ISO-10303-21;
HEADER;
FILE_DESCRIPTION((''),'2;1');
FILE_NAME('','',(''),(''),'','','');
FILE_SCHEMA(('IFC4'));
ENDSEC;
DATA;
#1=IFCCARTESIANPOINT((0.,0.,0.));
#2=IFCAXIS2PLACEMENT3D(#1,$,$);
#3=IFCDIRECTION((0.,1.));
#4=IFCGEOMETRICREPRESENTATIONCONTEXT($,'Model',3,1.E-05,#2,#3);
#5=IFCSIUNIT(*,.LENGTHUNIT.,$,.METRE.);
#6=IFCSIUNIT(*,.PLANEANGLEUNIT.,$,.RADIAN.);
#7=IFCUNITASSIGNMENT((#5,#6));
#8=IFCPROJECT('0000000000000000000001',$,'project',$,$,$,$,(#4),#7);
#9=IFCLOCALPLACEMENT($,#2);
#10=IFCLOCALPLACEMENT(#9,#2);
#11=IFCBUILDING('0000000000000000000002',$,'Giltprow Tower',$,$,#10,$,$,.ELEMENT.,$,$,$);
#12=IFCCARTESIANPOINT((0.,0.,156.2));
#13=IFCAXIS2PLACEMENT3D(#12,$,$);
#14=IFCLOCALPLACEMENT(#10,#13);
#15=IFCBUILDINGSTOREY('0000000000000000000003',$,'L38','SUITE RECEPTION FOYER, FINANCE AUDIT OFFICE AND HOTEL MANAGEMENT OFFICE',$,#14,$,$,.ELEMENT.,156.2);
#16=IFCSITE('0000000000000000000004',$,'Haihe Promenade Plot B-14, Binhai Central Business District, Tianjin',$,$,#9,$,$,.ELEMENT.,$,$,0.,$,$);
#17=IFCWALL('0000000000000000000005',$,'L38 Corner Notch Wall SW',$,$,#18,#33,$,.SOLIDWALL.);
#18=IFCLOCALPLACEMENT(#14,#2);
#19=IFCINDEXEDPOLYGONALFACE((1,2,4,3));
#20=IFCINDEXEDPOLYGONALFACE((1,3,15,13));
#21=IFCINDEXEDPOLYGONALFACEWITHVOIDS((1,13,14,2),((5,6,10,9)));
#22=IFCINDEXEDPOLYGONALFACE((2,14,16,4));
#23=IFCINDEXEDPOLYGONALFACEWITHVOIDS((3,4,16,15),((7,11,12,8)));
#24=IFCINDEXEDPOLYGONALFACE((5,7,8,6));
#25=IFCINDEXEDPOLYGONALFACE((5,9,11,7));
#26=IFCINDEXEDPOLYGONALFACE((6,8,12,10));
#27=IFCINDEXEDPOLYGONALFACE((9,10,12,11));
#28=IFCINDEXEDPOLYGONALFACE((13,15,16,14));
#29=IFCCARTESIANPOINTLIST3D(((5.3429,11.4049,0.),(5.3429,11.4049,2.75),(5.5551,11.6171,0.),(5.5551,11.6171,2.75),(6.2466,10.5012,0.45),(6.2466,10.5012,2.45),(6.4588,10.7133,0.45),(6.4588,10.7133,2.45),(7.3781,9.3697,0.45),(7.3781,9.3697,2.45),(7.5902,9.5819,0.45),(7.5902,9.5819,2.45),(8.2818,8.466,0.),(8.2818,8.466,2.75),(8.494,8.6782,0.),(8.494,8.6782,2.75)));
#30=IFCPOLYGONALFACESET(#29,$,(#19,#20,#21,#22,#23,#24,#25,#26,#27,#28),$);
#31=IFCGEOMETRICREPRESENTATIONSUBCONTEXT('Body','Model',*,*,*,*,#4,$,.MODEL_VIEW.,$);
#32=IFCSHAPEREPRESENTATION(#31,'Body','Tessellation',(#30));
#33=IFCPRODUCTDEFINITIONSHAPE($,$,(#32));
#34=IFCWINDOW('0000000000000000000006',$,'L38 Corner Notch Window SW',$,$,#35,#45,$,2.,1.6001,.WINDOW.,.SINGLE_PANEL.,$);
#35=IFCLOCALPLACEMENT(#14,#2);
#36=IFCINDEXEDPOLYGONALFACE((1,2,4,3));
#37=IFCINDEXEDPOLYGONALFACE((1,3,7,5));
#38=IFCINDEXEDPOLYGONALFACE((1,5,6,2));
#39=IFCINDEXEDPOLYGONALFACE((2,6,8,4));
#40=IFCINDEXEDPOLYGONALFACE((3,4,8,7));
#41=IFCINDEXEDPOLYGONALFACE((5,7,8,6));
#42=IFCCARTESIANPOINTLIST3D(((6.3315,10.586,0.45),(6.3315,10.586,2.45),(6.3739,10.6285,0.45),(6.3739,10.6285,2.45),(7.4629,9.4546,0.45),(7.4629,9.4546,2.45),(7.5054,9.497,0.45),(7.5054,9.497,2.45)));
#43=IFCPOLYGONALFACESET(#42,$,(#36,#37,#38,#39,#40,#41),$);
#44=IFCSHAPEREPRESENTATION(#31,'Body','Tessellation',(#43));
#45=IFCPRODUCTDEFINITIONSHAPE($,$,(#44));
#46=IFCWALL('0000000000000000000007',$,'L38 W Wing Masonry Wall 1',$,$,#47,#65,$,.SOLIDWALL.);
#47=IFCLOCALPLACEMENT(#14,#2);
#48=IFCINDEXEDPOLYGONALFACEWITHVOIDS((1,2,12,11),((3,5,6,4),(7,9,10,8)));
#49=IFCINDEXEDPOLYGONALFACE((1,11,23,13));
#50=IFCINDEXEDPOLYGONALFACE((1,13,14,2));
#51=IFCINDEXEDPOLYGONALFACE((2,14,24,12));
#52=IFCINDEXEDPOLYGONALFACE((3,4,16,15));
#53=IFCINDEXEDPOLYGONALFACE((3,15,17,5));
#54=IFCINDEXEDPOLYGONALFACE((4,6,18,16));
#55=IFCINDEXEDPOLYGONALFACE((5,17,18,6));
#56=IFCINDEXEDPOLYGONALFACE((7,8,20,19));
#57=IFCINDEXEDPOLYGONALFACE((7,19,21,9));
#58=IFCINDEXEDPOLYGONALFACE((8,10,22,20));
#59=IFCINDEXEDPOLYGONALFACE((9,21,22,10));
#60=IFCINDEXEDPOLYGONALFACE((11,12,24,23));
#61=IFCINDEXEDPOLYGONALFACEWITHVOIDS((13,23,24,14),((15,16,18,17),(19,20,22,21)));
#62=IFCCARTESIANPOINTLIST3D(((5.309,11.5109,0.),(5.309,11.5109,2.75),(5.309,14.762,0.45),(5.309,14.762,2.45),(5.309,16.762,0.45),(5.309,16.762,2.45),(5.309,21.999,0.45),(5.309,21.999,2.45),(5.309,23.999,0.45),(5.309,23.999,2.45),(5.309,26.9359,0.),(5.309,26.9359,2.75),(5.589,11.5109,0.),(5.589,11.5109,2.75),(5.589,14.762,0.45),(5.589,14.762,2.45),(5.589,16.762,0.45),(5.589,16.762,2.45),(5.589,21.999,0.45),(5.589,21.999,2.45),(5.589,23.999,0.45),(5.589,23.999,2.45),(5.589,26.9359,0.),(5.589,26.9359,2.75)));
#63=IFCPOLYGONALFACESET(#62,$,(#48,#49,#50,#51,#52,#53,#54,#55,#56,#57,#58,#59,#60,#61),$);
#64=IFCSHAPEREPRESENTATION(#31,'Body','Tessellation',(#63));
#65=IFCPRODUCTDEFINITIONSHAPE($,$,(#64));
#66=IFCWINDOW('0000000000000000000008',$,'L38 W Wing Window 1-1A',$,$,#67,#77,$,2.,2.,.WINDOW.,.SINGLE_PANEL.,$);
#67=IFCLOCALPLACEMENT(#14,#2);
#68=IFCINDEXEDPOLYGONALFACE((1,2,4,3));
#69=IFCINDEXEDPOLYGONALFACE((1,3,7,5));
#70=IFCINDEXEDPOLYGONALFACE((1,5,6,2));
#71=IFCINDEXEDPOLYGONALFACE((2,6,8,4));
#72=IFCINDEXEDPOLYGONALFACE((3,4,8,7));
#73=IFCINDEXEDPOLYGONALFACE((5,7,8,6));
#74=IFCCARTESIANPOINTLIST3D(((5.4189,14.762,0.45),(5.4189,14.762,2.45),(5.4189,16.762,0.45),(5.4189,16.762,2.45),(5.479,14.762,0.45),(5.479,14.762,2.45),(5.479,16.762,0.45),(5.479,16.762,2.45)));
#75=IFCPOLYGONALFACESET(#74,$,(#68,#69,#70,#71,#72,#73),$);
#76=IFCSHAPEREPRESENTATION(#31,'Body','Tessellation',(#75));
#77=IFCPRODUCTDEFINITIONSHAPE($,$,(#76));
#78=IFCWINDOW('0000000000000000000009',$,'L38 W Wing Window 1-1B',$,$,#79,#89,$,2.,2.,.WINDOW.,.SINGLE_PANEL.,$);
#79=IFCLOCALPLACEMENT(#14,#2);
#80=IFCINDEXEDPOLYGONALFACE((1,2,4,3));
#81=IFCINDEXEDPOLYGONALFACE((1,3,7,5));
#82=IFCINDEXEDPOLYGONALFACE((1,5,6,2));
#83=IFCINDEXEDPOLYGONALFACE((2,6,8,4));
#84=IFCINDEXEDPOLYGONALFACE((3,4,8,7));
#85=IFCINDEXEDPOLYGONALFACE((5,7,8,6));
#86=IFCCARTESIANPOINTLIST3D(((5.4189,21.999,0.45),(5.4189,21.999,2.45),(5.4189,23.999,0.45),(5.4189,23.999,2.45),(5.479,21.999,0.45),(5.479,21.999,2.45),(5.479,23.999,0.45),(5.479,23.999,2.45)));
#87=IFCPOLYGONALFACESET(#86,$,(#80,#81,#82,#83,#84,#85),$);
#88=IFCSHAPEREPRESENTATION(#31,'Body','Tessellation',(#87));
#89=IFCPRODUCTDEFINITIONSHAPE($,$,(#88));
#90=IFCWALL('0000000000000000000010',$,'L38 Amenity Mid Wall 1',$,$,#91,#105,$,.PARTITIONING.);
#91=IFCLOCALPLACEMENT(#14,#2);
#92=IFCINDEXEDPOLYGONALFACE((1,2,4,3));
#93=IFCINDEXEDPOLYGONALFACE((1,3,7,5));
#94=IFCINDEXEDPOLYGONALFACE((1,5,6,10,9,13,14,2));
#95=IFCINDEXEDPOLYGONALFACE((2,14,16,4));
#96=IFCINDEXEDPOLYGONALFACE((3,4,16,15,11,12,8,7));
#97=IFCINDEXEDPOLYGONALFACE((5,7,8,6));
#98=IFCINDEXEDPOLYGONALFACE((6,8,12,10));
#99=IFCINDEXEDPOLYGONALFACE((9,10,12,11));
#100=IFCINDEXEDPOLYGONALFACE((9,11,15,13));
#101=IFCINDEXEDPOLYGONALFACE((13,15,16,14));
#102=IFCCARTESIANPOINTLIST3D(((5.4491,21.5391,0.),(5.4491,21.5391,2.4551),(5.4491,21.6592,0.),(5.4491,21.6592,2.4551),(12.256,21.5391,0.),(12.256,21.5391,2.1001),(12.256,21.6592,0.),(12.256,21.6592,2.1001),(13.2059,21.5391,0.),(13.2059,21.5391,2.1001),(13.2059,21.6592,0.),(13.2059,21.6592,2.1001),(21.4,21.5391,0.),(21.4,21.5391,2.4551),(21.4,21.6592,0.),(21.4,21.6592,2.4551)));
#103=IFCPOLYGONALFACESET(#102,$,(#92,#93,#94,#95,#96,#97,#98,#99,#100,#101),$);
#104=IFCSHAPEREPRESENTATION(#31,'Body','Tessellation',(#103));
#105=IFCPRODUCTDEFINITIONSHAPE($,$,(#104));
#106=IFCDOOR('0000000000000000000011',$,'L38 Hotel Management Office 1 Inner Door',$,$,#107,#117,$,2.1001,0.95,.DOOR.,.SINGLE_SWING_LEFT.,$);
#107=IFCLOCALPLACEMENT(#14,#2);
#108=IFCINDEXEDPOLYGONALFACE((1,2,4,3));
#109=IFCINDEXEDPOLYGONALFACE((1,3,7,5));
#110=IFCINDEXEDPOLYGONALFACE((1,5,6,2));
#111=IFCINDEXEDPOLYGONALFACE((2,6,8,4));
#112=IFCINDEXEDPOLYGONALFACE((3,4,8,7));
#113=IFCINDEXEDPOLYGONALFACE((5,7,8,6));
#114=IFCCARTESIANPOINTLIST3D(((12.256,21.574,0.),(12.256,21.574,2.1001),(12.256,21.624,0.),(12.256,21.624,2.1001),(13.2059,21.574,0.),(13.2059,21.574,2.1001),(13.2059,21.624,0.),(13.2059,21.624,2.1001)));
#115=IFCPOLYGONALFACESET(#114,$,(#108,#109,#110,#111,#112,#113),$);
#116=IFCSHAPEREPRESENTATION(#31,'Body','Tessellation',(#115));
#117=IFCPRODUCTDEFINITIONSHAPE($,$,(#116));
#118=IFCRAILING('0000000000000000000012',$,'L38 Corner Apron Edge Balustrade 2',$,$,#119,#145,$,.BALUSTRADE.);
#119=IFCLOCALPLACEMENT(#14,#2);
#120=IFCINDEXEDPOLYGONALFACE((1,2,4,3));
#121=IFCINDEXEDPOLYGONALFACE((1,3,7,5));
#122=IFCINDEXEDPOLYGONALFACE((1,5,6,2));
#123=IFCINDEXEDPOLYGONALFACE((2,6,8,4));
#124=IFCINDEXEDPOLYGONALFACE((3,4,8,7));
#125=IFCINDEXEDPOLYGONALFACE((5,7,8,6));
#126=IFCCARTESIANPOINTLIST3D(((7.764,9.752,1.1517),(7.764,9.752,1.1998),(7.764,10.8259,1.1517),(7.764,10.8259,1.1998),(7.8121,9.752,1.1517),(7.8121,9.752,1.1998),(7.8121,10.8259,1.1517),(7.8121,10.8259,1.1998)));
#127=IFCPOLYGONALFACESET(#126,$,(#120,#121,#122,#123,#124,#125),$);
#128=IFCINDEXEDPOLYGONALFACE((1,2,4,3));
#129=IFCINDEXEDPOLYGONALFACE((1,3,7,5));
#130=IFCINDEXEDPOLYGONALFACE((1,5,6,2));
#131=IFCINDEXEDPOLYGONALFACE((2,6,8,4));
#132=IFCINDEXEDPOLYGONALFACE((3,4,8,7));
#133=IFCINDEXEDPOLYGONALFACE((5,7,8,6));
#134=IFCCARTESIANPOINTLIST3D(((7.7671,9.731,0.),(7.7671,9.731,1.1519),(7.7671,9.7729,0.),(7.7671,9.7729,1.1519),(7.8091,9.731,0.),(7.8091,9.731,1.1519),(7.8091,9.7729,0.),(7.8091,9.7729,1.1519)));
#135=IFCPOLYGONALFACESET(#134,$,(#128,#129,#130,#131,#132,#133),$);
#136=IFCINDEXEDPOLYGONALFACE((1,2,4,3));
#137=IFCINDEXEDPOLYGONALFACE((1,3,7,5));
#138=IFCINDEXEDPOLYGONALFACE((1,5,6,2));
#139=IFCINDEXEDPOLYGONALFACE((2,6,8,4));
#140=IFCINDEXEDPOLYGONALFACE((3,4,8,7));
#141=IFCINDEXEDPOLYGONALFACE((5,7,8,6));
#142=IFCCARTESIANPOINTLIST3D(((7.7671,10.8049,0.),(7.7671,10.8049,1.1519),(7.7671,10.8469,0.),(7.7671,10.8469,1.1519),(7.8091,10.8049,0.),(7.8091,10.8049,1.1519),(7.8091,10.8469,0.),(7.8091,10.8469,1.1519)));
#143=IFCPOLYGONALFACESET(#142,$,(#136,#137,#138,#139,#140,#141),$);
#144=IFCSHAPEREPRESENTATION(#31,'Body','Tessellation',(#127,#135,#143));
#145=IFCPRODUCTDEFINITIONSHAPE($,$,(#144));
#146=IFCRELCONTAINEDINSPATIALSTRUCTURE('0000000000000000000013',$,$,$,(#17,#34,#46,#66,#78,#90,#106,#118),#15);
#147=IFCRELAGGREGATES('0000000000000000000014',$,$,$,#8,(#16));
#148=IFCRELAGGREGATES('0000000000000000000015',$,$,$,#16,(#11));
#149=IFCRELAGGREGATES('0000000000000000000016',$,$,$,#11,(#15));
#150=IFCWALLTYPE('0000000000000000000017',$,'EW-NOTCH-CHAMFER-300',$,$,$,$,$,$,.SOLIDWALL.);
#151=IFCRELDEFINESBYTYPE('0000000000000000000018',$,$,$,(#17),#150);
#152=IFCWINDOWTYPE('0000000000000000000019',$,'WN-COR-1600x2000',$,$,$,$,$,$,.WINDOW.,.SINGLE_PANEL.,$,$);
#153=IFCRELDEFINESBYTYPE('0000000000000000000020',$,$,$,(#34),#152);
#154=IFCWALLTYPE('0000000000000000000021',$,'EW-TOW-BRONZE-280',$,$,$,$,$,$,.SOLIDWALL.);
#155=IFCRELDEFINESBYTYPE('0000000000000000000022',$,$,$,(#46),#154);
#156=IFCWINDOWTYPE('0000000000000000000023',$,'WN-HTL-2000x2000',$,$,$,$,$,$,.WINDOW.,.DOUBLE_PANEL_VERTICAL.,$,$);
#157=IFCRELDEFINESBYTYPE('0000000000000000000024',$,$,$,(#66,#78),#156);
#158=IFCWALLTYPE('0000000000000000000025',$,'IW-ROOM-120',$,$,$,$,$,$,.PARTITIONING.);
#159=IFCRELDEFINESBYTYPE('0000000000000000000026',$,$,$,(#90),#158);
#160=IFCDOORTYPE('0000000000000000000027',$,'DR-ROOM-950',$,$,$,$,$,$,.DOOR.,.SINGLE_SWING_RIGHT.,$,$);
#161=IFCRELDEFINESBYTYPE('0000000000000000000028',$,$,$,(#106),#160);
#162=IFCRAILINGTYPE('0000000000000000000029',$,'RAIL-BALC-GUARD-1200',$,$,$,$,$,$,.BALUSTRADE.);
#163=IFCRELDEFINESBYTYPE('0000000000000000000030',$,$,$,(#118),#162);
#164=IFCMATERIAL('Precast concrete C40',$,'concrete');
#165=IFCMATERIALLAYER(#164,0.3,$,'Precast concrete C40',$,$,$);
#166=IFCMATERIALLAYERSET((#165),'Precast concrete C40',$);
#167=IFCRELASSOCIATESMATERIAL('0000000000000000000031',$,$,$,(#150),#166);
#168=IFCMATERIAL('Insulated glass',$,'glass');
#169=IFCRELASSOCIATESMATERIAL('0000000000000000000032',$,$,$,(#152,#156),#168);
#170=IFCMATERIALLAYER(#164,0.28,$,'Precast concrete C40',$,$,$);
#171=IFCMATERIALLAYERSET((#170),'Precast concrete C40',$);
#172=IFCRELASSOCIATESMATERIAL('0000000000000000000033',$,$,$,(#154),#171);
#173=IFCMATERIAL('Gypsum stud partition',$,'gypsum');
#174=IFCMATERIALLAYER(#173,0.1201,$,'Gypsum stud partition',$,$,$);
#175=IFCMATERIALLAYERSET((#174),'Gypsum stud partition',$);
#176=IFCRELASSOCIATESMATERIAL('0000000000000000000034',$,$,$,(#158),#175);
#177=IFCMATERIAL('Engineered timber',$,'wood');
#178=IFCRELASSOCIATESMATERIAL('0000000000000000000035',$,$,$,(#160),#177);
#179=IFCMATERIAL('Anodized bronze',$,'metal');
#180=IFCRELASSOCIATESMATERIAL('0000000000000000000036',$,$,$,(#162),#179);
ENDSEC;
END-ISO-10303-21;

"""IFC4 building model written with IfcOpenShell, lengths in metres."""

from ifc_helpers import new_model, si_unit, direction, frame, frame_2d, origin, origin_2d, place, context, subcontext, project, spatial, rectangle, extrude, source, transform, mapped, material, layer, layer_set, type_object, element, fill, save


model = new_model("IFC4")

# Units and contexts
model_context = context("Model", 3, precision=1e-05, world=origin(), true_north=direction((0.0, 1.0)))
body_context = subcontext(model_context, "Body", "Model", "MODEL_VIEW")
ifc_project = project(units=[si_unit("LENGTHUNIT", "METRE"), si_unit("PLANEANGLEUNIT", "RADIAN")], contexts=[model_context])

# Site, building, storey
site_placement = place(None, origin())
site = spatial("IfcSite", under=ifc_project, at=site_placement, Name="Haihe Promenade Plot B-14, Binhai Central Business District, Tianjin", CompositionType="ELEMENT", RefElevation=0.0)
building_placement = place(site_placement, origin())
building = spatial("IfcBuilding", under=site, at=building_placement, Name="Giltprow Tower", CompositionType="ELEMENT")
storey_placement = place(building_placement, frame((0.0, 0.0, 156.2)))
storey = spatial("IfcBuildingStorey", under=building, at=storey_placement, Name="L38", Description="SUITE RECEPTION FOYER, FINANCE AUDIT OFFICE AND HOTEL MANAGEMENT OFFICE", CompositionType="ELEMENT", Elevation=156.2)

# Shared definitions
ifc_material_1 = material(Name="Anodized bronze", Category="metal")

# Shared definitions
ifc_material_2 = material(Name="Insulated glass", Category="glass")

# Wall, opening, window
ifc_material_3 = material(Name="Precast concrete C40", Category="concrete")
ifc_layer_1 = layer(ifc_material_3, 0.3, Name="Precast concrete C40")
ifc_layer_set_1 = layer_set([ifc_layer_1], Name="Precast concrete C40")
wall_type_1 = type_object("IfcWallType", Name="EW-NOTCH-CHAMFER-300", PredefinedType="SOLIDWALL", material=ifc_layer_set_1)
wall_1_placement = place(storey_placement, frame((5.449, 11.511, 0.0), z_axis=(0.0, 0.0, 1.0), x_axis=(0.707107, -0.707107, 0.0)))
wall_1 = element("IfcWall", 1, at=wall_1_placement, inside=storey, type_object=wall_type_1, Name="L38 Corner Notch Wall SW", PredefinedType="SOLIDWALL", context=body_context, shape_type="SweptSolid", body=[
    extrude(rectangle(XDim=4.1562, YDim=0.3, at=frame_2d((2.0781, 0.0))), origin(), (0.0, 0.0, 1.0), 2.75),
])
opening_1_placement = place(wall_1_placement, frame((1.2781, 0.0, 0.45)))
opening_1 = element("IfcOpeningElement", 2, at=opening_1_placement, cuts=wall_1, PredefinedType="OPENING", context=body_context, shape_type="SweptSolid", body=[
    extrude(rectangle(XDim=1.6001, YDim=2.0, at=frame_2d((0.8, 1.0))), frame((0.0, 0.1599, 0.0), z_axis=(0.0, -1.0, 0.0), x_axis=(1.0, 0.0, 0.0)), (0.0, 0.0, 1.0), 0.3201),
])
window_type_1 = type_object("IfcWindowType", Name="WN-COR-1600x2000", PartitioningType="SINGLE_PANEL", PredefinedType="WINDOW", material=ifc_material_2)
shared_shape_1 = source(origin(), body_context, "Body", "SweptSolid", [
    extrude(rectangle(XDim=1.6001, YDim=2.0, at=frame_2d((0.8, 1.0))), frame((0.0, 0.03, 0.0), z_axis=(0.0, -1.0, 0.0), x_axis=(1.0, 0.0, 0.0)), (0.0, 0.0, 1.0), 0.0601),
])
window_1_placement = place(opening_1_placement, origin())
window_1 = element("IfcWindow", 3, at=window_1_placement, inside=storey, type_object=window_type_1, Name="L38 Corner Notch Window SW", OverallHeight=2.0, OverallWidth=1.6001, PartitioningType="SINGLE_PANEL", PredefinedType="WINDOW", context=body_context, shape_type="MappedRepresentation", body=[
    mapped(shared_shape_1, transform((0.0, 0.0, 0.0), x_axis=(1.0, 0.0, 0.0), y_axis=(0.0, 1.0, 0.0), z_axis=(0.0, 0.0, 1.0), scale=1.0)),
])
fill(opening_1, window_1)

# Wall, openings, windows
ifc_layer_2 = layer(ifc_material_3, 0.28, Name="Precast concrete C40")
ifc_layer_set_2 = layer_set([ifc_layer_2], Name="Precast concrete C40")
wall_type_2 = type_object("IfcWallType", Name="EW-TOW-BRONZE-280", PredefinedType="SOLIDWALL", material=ifc_layer_set_2)
wall_2_placement = place(storey_placement, frame((5.449, 11.511, 0.0), z_axis=(0.0, 0.0, 1.0), x_axis=(0.0, 1.0, 0.0)))
wall_2 = element("IfcWall", 4, at=wall_2_placement, inside=storey, type_object=wall_type_2, Name="L38 W Wing Masonry Wall 1", PredefinedType="SOLIDWALL", context=body_context, shape_type="SweptSolid", body=[
    extrude(rectangle(XDim=15.425, YDim=0.28, at=frame_2d((7.7124, 0.0))), origin(), (0.0, 0.0, 1.0), 2.75),
])
opening_2_placement = place(wall_2_placement, frame((3.251, 0.0, 0.45)))
opening_2 = element("IfcOpeningElement", 5, at=opening_2_placement, cuts=wall_2, PredefinedType="OPENING", context=body_context, shape_type="SweptSolid", body=[
    extrude(rectangle(XDim=2.0, YDim=2.0, at=frame_2d((1.0, 1.0))), frame((0.0, 0.1499, 0.0), z_axis=(0.0, -1.0, 0.0), x_axis=(1.0, 0.0, 0.0)), (0.0, 0.0, 1.0), 0.3),
])
opening_3_placement = place(wall_2_placement, frame((10.488, 0.0, 0.45)))
opening_3 = element("IfcOpeningElement", 6, at=opening_3_placement, cuts=wall_2, PredefinedType="OPENING", context=body_context, shape_type="SweptSolid", body=[
    extrude(rectangle(XDim=2.0, YDim=2.0, at=frame_2d((1.0, 1.0))), frame((0.0, 0.1499, 0.0), z_axis=(0.0, -1.0, 0.0), x_axis=(1.0, 0.0, 0.0)), (0.0, 0.0, 1.0), 0.3),
])
window_type_2 = type_object("IfcWindowType", Name="WN-HTL-2000x2000", PartitioningType="DOUBLE_PANEL_VERTICAL", PredefinedType="WINDOW", material=ifc_material_2)
shared_shape_2 = source(origin(), body_context, "Body", "SweptSolid", [
    extrude(rectangle(XDim=2.0, YDim=2.0, at=frame_2d((1.0, 1.0))), frame((0.0, 0.03, 0.0), z_axis=(0.0, -1.0, 0.0), x_axis=(1.0, 0.0, 0.0)), (0.0, 0.0, 1.0), 0.0601),
])
window_2_placement = place(opening_2_placement, origin())
window_2 = element("IfcWindow", 7, at=window_2_placement, inside=storey, type_object=window_type_2, Name="L38 W Wing Window 1-1A", OverallHeight=2.0, OverallWidth=2.0, PartitioningType="SINGLE_PANEL", PredefinedType="WINDOW", context=body_context, shape_type="MappedRepresentation", body=[
    mapped(shared_shape_2, transform((0.0, 0.0, 0.0), x_axis=(1.0, 0.0, 0.0), y_axis=(0.0, 1.0, 0.0), z_axis=(0.0, 0.0, 1.0), scale=1.0)),
])
fill(opening_2, window_2)
window_3_placement = place(opening_3_placement, origin())
window_3 = element("IfcWindow", 8, at=window_3_placement, inside=storey, type_object=window_type_2, Name="L38 W Wing Window 1-1B", OverallHeight=2.0, OverallWidth=2.0, PartitioningType="SINGLE_PANEL", PredefinedType="WINDOW", context=body_context, shape_type="MappedRepresentation", body=[
    mapped(shared_shape_2, transform((0.0, 0.0, 0.0), x_axis=(1.0, 0.0, 0.0), y_axis=(0.0, 1.0, 0.0), z_axis=(0.0, 0.0, 1.0), scale=1.0)),
])
fill(opening_3, window_3)

# Wall, opening, door
ifc_material_4 = material(Name="Gypsum stud partition", Category="gypsum")
ifc_layer_3 = layer(ifc_material_4, 0.1201, Name="Gypsum stud partition")
ifc_layer_set_3 = layer_set([ifc_layer_3], Name="Gypsum stud partition")
wall_type_3 = type_object("IfcWallType", Name="IW-ROOM-120", PredefinedType="PARTITIONING", material=ifc_layer_set_3)
wall_3_placement = place(storey_placement, frame((5.449, 21.5991, 0.0), z_axis=(0.0, 0.0, 1.0), x_axis=(1.0, 0.0, 0.0)))
wall_3 = element("IfcWall", 9, at=wall_3_placement, inside=storey, type_object=wall_type_3, Name="L38 Amenity Mid Wall 1", PredefinedType="PARTITIONING", context=body_context, shape_type="SweptSolid", body=[
    extrude(rectangle(XDim=15.9509, YDim=0.1201, at=frame_2d((7.9756, 0.0))), origin(), (0.0, 0.0, 1.0), 2.4551),
])
opening_4_placement = place(wall_3_placement, frame((6.8069, 0.0, 0.0)))
opening_4 = element("IfcOpeningElement", 10, at=opening_4_placement, cuts=wall_3, PredefinedType="OPENING", context=body_context, shape_type="SweptSolid", body=[
    extrude(rectangle(XDim=0.95, YDim=2.1001, at=frame_2d((0.4751, 1.05))), frame((0.0, 0.0701, 0.0), z_axis=(0.0, -1.0, 0.0), x_axis=(1.0, 0.0, 0.0)), (0.0, 0.0, 1.0), 0.1401),
])
ifc_material_5 = material(Name="Engineered timber", Category="wood")
door_type = type_object("IfcDoorType", Name="DR-ROOM-950", OperationType="SINGLE_SWING_RIGHT", PredefinedType="DOOR", material=ifc_material_5)
shared_shape_3 = source(origin(), body_context, "Body", "SweptSolid", [
    extrude(rectangle(XDim=0.95, YDim=2.1001, at=frame_2d((0.4751, 1.05))), frame((0.0, 0.0249, 0.0), z_axis=(0.0, -1.0, 0.0), x_axis=(1.0, 0.0, 0.0)), (0.0, 0.0, 1.0), 0.05),
])
door_placement = place(opening_4_placement, origin())
door = element("IfcDoor", 11, at=door_placement, inside=storey, type_object=door_type, Name="L38 Hotel Management Office 1 Inner Door", OperationType="SINGLE_SWING_LEFT", OverallHeight=2.1001, OverallWidth=0.95, PredefinedType="DOOR", context=body_context, shape_type="MappedRepresentation", body=[
    mapped(shared_shape_3, transform((0.0, 0.0, 0.0), x_axis=(1.0, 0.0, 0.0), y_axis=(0.0, 1.0, 0.0), z_axis=(0.0, 0.0, 1.0), scale=1.0)),
])
fill(opening_4, door)

# Railing
railing_type = type_object("IfcRailingType", Name="RAIL-BALC-GUARD-1200", PredefinedType="BALUSTRADE", material=ifc_material_1)
railing_1_placement = place(storey_placement, frame((7.7881, 9.752, 0.0)))
element("IfcRailing", 12, at=railing_1_placement, inside=storey, type_object=railing_type, Name="L38 Corner Apron Edge Balustrade 2", PredefinedType="BALUSTRADE", context=body_context, shape_type="SweptSolid", body=[
    extrude(rectangle(XDim=0.0481, YDim=0.0481, at=origin_2d()), frame((0.0, 0.0, 1.1758), z_axis=(0.0, 1.0, 0.0), x_axis=(-1.0, 0.0, 0.0)), (0.0, 0.0, 1.0), 1.074),
    extrude(rectangle(XDim=0.042, YDim=0.042, at=origin_2d()), origin(), (0.0, 0.0, 1.0), 1.1519),
    extrude(rectangle(XDim=0.042, YDim=0.042, at=origin_2d()), frame((0.0, 1.074, 0.0)), (0.0, 0.0, 1.0), 1.1519),
])

save(model, "model.ifc")
